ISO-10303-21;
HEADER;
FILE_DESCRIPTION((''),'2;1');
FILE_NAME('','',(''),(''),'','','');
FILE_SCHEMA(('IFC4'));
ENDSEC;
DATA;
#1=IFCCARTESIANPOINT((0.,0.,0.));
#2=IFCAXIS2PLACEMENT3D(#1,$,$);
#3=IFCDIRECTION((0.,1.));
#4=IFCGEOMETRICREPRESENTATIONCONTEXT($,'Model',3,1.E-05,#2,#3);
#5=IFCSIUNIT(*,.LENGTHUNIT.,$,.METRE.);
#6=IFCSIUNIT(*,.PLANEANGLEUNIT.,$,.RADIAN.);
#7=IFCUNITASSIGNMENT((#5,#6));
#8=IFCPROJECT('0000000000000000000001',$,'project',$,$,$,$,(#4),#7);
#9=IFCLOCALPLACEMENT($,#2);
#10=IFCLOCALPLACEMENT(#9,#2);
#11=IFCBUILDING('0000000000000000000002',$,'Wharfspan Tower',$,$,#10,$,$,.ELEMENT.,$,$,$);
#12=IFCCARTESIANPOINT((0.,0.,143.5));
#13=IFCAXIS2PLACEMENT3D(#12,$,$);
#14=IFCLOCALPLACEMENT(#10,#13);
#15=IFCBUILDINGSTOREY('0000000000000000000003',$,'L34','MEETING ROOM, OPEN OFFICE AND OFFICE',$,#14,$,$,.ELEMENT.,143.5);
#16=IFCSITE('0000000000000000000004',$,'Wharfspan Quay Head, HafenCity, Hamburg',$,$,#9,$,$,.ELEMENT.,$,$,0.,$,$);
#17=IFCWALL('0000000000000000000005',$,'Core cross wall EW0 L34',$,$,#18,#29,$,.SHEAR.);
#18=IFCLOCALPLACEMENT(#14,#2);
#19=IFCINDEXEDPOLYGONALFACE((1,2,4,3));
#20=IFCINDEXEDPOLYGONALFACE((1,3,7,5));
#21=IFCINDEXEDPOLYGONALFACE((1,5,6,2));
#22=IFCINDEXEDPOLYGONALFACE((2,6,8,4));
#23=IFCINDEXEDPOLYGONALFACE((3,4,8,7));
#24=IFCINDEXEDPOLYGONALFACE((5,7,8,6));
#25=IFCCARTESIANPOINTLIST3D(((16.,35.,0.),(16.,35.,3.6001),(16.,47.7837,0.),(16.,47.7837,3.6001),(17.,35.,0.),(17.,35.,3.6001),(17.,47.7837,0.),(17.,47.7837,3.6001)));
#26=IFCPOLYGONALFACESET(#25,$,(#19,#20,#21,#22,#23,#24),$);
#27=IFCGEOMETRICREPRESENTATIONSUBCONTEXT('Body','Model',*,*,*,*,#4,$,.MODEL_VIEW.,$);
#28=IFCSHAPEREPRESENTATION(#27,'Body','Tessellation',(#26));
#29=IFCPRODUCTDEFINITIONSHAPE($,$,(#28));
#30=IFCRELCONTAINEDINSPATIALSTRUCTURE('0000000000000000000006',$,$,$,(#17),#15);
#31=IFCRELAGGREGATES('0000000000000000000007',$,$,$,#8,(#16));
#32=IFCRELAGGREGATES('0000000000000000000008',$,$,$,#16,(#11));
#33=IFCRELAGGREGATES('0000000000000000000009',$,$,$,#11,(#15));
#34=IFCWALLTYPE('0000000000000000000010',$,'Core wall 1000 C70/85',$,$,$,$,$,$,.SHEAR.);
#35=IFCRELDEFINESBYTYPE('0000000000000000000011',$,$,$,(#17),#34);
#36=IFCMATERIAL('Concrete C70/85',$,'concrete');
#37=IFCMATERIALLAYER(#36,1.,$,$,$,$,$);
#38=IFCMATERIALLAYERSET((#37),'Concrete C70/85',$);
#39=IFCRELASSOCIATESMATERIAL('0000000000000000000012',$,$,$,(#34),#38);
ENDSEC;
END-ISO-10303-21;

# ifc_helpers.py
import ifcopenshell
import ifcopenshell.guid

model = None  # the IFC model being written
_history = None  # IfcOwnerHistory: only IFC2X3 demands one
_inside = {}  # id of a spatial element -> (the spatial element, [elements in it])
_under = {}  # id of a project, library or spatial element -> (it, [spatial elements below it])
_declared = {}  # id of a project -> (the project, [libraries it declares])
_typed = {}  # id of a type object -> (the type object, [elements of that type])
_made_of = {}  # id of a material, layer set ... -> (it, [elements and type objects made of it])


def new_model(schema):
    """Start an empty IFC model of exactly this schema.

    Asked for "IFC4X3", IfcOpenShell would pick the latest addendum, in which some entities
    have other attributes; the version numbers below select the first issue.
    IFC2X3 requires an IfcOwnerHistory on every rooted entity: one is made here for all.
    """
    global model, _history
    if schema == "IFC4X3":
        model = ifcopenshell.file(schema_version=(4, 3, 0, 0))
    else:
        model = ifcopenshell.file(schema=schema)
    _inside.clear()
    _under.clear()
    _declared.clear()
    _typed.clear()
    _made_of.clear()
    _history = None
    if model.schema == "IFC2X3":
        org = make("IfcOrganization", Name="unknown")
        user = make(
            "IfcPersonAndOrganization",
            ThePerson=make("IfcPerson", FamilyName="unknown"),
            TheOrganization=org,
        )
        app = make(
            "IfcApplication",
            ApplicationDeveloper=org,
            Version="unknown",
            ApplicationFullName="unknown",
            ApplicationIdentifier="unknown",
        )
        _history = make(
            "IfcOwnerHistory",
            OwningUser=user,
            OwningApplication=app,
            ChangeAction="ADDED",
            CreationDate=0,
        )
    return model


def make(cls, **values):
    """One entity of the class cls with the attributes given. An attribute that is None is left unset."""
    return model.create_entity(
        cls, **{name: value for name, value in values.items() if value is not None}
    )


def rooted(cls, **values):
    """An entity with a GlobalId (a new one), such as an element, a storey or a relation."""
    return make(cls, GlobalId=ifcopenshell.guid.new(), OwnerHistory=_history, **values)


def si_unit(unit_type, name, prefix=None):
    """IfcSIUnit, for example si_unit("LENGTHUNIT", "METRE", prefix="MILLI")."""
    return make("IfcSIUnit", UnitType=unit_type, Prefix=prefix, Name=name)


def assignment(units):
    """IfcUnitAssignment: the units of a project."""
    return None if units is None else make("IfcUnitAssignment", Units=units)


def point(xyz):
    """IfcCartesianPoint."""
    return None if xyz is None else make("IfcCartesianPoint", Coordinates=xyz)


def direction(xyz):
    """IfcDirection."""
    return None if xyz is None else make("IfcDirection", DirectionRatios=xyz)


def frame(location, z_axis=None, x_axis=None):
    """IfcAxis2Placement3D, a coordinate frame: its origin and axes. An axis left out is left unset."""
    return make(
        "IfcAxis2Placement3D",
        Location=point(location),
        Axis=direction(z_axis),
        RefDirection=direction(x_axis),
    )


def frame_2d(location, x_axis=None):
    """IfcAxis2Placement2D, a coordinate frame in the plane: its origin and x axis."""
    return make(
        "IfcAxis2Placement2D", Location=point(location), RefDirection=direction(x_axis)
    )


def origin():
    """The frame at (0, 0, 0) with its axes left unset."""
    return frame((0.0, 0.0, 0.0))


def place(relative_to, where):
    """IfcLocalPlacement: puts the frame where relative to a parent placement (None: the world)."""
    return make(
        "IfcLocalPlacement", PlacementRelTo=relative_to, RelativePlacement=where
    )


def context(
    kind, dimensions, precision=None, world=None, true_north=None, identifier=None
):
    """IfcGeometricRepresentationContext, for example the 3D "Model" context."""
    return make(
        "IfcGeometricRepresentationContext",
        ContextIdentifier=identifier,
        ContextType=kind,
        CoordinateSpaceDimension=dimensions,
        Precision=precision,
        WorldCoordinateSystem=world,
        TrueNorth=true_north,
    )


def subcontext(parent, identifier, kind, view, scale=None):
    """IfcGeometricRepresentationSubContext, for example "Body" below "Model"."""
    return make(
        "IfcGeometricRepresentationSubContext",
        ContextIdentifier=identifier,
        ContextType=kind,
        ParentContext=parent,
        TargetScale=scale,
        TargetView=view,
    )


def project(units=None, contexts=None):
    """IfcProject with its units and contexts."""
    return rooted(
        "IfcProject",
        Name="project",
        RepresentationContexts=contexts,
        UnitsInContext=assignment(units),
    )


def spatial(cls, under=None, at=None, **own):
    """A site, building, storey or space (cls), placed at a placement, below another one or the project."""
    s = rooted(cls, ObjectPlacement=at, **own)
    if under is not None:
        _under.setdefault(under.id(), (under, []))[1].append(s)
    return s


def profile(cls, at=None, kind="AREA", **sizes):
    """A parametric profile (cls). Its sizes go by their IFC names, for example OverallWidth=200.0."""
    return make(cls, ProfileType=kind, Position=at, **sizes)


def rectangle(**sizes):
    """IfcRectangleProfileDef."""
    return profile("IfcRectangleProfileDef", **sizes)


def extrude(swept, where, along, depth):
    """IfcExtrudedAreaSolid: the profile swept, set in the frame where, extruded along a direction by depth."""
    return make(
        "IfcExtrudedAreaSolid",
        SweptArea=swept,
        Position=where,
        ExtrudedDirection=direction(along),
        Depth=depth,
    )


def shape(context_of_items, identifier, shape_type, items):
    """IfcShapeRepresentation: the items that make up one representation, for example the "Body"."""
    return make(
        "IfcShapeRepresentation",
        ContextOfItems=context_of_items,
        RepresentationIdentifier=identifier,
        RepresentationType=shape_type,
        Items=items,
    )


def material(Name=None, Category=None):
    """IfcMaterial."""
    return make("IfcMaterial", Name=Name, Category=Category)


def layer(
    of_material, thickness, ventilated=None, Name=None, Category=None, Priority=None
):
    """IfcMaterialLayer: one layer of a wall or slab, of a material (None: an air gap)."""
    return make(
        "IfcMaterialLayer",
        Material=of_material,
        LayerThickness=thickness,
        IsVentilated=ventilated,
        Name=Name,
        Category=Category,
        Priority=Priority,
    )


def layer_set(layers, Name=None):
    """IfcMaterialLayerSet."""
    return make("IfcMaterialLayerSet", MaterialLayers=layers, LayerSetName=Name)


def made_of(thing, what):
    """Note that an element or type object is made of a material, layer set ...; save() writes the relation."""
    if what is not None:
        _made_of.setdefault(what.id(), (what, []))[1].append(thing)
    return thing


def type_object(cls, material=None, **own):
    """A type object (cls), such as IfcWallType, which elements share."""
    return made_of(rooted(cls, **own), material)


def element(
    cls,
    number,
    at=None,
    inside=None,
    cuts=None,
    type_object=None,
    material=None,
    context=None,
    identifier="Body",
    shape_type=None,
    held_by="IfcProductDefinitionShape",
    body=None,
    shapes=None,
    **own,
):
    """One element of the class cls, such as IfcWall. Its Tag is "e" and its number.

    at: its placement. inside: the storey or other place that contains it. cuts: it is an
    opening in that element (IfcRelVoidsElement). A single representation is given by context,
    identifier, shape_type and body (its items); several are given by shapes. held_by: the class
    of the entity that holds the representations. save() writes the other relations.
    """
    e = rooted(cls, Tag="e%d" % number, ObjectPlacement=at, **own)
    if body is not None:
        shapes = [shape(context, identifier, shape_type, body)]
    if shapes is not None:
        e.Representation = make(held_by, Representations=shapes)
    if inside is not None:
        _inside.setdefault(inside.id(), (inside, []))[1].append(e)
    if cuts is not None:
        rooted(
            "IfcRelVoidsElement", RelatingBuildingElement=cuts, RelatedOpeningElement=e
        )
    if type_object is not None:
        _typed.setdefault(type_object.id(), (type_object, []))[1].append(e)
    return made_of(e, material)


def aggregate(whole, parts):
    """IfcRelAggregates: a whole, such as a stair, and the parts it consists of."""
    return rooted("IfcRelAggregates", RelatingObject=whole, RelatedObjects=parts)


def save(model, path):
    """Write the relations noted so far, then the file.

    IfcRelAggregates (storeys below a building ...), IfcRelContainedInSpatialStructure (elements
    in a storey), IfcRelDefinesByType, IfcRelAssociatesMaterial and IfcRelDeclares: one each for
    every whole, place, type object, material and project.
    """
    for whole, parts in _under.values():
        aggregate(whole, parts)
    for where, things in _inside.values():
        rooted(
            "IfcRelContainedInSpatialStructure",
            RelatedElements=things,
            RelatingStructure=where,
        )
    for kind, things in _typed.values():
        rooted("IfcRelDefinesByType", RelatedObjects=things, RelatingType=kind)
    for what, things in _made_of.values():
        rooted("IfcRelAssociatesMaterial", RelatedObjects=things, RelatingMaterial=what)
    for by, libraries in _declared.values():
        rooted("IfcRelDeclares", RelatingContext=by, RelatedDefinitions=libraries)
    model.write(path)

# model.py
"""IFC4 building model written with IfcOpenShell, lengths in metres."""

from ifc_helpers import new_model, si_unit, direction, frame, frame_2d, origin, place, context, subcontext, project, spatial, rectangle, extrude, material, layer, layer_set, type_object, element, save


model = new_model("IFC4")

# Units and contexts
model_context = context("Model", 3, precision=1e-05, world=origin(), true_north=direction((0.0, 1.0)))
body_context = subcontext(model_context, "Body", "Model", "MODEL_VIEW")
ifc_project = project(units=[si_unit("LENGTHUNIT", "METRE"), si_unit("PLANEANGLEUNIT", "RADIAN")], contexts=[model_context])

# Site, building, storey
site_placement = place(None, origin())
site = spatial("IfcSite", under=ifc_project, at=site_placement, Name="Wharfspan Quay Head, HafenCity, Hamburg", CompositionType="ELEMENT", RefElevation=0.0)
building_placement = place(site_placement, origin())
building = spatial("IfcBuilding", under=site, at=building_placement, Name="Wharfspan Tower", CompositionType="ELEMENT")
storey_placement = place(building_placement, frame((0.0, 0.0, 143.5)))
storey = spatial("IfcBuildingStorey", under=building, at=storey_placement, Name="L34", Description="MEETING ROOM, OPEN OFFICE AND OFFICE", CompositionType="ELEMENT", Elevation=143.5)

# Shared definitions
ifc_material_1 = material(Name="Concrete C70/85", Category="concrete")
ifc_layer = layer(ifc_material_1, 1.0)
ifc_layer_set = layer_set([ifc_layer], Name="Concrete C70/85")
wall_type = type_object("IfcWallType", Name="Core wall 1000 C70/85", PredefinedType="SHEAR", material=ifc_layer_set)

# Wall
wall_1_placement = place(storey_placement, frame((16.5, 35.0, 0.0), z_axis=(0.0, 0.0, 1.0), x_axis=(0.0, 1.0, 0.0)))
element("IfcWall", 1, at=wall_1_placement, inside=storey, type_object=wall_type, Name="Core cross wall EW0 L34", PredefinedType="SHEAR", context=body_context, shape_type="SweptSolid", body=[
    extrude(rectangle(XDim=12.7837, YDim=1.0, at=frame_2d((6.3918, 0.0))), origin(), (0.0, 0.0, 1.0), 3.6001),
])

save(model, "model.ifc")
